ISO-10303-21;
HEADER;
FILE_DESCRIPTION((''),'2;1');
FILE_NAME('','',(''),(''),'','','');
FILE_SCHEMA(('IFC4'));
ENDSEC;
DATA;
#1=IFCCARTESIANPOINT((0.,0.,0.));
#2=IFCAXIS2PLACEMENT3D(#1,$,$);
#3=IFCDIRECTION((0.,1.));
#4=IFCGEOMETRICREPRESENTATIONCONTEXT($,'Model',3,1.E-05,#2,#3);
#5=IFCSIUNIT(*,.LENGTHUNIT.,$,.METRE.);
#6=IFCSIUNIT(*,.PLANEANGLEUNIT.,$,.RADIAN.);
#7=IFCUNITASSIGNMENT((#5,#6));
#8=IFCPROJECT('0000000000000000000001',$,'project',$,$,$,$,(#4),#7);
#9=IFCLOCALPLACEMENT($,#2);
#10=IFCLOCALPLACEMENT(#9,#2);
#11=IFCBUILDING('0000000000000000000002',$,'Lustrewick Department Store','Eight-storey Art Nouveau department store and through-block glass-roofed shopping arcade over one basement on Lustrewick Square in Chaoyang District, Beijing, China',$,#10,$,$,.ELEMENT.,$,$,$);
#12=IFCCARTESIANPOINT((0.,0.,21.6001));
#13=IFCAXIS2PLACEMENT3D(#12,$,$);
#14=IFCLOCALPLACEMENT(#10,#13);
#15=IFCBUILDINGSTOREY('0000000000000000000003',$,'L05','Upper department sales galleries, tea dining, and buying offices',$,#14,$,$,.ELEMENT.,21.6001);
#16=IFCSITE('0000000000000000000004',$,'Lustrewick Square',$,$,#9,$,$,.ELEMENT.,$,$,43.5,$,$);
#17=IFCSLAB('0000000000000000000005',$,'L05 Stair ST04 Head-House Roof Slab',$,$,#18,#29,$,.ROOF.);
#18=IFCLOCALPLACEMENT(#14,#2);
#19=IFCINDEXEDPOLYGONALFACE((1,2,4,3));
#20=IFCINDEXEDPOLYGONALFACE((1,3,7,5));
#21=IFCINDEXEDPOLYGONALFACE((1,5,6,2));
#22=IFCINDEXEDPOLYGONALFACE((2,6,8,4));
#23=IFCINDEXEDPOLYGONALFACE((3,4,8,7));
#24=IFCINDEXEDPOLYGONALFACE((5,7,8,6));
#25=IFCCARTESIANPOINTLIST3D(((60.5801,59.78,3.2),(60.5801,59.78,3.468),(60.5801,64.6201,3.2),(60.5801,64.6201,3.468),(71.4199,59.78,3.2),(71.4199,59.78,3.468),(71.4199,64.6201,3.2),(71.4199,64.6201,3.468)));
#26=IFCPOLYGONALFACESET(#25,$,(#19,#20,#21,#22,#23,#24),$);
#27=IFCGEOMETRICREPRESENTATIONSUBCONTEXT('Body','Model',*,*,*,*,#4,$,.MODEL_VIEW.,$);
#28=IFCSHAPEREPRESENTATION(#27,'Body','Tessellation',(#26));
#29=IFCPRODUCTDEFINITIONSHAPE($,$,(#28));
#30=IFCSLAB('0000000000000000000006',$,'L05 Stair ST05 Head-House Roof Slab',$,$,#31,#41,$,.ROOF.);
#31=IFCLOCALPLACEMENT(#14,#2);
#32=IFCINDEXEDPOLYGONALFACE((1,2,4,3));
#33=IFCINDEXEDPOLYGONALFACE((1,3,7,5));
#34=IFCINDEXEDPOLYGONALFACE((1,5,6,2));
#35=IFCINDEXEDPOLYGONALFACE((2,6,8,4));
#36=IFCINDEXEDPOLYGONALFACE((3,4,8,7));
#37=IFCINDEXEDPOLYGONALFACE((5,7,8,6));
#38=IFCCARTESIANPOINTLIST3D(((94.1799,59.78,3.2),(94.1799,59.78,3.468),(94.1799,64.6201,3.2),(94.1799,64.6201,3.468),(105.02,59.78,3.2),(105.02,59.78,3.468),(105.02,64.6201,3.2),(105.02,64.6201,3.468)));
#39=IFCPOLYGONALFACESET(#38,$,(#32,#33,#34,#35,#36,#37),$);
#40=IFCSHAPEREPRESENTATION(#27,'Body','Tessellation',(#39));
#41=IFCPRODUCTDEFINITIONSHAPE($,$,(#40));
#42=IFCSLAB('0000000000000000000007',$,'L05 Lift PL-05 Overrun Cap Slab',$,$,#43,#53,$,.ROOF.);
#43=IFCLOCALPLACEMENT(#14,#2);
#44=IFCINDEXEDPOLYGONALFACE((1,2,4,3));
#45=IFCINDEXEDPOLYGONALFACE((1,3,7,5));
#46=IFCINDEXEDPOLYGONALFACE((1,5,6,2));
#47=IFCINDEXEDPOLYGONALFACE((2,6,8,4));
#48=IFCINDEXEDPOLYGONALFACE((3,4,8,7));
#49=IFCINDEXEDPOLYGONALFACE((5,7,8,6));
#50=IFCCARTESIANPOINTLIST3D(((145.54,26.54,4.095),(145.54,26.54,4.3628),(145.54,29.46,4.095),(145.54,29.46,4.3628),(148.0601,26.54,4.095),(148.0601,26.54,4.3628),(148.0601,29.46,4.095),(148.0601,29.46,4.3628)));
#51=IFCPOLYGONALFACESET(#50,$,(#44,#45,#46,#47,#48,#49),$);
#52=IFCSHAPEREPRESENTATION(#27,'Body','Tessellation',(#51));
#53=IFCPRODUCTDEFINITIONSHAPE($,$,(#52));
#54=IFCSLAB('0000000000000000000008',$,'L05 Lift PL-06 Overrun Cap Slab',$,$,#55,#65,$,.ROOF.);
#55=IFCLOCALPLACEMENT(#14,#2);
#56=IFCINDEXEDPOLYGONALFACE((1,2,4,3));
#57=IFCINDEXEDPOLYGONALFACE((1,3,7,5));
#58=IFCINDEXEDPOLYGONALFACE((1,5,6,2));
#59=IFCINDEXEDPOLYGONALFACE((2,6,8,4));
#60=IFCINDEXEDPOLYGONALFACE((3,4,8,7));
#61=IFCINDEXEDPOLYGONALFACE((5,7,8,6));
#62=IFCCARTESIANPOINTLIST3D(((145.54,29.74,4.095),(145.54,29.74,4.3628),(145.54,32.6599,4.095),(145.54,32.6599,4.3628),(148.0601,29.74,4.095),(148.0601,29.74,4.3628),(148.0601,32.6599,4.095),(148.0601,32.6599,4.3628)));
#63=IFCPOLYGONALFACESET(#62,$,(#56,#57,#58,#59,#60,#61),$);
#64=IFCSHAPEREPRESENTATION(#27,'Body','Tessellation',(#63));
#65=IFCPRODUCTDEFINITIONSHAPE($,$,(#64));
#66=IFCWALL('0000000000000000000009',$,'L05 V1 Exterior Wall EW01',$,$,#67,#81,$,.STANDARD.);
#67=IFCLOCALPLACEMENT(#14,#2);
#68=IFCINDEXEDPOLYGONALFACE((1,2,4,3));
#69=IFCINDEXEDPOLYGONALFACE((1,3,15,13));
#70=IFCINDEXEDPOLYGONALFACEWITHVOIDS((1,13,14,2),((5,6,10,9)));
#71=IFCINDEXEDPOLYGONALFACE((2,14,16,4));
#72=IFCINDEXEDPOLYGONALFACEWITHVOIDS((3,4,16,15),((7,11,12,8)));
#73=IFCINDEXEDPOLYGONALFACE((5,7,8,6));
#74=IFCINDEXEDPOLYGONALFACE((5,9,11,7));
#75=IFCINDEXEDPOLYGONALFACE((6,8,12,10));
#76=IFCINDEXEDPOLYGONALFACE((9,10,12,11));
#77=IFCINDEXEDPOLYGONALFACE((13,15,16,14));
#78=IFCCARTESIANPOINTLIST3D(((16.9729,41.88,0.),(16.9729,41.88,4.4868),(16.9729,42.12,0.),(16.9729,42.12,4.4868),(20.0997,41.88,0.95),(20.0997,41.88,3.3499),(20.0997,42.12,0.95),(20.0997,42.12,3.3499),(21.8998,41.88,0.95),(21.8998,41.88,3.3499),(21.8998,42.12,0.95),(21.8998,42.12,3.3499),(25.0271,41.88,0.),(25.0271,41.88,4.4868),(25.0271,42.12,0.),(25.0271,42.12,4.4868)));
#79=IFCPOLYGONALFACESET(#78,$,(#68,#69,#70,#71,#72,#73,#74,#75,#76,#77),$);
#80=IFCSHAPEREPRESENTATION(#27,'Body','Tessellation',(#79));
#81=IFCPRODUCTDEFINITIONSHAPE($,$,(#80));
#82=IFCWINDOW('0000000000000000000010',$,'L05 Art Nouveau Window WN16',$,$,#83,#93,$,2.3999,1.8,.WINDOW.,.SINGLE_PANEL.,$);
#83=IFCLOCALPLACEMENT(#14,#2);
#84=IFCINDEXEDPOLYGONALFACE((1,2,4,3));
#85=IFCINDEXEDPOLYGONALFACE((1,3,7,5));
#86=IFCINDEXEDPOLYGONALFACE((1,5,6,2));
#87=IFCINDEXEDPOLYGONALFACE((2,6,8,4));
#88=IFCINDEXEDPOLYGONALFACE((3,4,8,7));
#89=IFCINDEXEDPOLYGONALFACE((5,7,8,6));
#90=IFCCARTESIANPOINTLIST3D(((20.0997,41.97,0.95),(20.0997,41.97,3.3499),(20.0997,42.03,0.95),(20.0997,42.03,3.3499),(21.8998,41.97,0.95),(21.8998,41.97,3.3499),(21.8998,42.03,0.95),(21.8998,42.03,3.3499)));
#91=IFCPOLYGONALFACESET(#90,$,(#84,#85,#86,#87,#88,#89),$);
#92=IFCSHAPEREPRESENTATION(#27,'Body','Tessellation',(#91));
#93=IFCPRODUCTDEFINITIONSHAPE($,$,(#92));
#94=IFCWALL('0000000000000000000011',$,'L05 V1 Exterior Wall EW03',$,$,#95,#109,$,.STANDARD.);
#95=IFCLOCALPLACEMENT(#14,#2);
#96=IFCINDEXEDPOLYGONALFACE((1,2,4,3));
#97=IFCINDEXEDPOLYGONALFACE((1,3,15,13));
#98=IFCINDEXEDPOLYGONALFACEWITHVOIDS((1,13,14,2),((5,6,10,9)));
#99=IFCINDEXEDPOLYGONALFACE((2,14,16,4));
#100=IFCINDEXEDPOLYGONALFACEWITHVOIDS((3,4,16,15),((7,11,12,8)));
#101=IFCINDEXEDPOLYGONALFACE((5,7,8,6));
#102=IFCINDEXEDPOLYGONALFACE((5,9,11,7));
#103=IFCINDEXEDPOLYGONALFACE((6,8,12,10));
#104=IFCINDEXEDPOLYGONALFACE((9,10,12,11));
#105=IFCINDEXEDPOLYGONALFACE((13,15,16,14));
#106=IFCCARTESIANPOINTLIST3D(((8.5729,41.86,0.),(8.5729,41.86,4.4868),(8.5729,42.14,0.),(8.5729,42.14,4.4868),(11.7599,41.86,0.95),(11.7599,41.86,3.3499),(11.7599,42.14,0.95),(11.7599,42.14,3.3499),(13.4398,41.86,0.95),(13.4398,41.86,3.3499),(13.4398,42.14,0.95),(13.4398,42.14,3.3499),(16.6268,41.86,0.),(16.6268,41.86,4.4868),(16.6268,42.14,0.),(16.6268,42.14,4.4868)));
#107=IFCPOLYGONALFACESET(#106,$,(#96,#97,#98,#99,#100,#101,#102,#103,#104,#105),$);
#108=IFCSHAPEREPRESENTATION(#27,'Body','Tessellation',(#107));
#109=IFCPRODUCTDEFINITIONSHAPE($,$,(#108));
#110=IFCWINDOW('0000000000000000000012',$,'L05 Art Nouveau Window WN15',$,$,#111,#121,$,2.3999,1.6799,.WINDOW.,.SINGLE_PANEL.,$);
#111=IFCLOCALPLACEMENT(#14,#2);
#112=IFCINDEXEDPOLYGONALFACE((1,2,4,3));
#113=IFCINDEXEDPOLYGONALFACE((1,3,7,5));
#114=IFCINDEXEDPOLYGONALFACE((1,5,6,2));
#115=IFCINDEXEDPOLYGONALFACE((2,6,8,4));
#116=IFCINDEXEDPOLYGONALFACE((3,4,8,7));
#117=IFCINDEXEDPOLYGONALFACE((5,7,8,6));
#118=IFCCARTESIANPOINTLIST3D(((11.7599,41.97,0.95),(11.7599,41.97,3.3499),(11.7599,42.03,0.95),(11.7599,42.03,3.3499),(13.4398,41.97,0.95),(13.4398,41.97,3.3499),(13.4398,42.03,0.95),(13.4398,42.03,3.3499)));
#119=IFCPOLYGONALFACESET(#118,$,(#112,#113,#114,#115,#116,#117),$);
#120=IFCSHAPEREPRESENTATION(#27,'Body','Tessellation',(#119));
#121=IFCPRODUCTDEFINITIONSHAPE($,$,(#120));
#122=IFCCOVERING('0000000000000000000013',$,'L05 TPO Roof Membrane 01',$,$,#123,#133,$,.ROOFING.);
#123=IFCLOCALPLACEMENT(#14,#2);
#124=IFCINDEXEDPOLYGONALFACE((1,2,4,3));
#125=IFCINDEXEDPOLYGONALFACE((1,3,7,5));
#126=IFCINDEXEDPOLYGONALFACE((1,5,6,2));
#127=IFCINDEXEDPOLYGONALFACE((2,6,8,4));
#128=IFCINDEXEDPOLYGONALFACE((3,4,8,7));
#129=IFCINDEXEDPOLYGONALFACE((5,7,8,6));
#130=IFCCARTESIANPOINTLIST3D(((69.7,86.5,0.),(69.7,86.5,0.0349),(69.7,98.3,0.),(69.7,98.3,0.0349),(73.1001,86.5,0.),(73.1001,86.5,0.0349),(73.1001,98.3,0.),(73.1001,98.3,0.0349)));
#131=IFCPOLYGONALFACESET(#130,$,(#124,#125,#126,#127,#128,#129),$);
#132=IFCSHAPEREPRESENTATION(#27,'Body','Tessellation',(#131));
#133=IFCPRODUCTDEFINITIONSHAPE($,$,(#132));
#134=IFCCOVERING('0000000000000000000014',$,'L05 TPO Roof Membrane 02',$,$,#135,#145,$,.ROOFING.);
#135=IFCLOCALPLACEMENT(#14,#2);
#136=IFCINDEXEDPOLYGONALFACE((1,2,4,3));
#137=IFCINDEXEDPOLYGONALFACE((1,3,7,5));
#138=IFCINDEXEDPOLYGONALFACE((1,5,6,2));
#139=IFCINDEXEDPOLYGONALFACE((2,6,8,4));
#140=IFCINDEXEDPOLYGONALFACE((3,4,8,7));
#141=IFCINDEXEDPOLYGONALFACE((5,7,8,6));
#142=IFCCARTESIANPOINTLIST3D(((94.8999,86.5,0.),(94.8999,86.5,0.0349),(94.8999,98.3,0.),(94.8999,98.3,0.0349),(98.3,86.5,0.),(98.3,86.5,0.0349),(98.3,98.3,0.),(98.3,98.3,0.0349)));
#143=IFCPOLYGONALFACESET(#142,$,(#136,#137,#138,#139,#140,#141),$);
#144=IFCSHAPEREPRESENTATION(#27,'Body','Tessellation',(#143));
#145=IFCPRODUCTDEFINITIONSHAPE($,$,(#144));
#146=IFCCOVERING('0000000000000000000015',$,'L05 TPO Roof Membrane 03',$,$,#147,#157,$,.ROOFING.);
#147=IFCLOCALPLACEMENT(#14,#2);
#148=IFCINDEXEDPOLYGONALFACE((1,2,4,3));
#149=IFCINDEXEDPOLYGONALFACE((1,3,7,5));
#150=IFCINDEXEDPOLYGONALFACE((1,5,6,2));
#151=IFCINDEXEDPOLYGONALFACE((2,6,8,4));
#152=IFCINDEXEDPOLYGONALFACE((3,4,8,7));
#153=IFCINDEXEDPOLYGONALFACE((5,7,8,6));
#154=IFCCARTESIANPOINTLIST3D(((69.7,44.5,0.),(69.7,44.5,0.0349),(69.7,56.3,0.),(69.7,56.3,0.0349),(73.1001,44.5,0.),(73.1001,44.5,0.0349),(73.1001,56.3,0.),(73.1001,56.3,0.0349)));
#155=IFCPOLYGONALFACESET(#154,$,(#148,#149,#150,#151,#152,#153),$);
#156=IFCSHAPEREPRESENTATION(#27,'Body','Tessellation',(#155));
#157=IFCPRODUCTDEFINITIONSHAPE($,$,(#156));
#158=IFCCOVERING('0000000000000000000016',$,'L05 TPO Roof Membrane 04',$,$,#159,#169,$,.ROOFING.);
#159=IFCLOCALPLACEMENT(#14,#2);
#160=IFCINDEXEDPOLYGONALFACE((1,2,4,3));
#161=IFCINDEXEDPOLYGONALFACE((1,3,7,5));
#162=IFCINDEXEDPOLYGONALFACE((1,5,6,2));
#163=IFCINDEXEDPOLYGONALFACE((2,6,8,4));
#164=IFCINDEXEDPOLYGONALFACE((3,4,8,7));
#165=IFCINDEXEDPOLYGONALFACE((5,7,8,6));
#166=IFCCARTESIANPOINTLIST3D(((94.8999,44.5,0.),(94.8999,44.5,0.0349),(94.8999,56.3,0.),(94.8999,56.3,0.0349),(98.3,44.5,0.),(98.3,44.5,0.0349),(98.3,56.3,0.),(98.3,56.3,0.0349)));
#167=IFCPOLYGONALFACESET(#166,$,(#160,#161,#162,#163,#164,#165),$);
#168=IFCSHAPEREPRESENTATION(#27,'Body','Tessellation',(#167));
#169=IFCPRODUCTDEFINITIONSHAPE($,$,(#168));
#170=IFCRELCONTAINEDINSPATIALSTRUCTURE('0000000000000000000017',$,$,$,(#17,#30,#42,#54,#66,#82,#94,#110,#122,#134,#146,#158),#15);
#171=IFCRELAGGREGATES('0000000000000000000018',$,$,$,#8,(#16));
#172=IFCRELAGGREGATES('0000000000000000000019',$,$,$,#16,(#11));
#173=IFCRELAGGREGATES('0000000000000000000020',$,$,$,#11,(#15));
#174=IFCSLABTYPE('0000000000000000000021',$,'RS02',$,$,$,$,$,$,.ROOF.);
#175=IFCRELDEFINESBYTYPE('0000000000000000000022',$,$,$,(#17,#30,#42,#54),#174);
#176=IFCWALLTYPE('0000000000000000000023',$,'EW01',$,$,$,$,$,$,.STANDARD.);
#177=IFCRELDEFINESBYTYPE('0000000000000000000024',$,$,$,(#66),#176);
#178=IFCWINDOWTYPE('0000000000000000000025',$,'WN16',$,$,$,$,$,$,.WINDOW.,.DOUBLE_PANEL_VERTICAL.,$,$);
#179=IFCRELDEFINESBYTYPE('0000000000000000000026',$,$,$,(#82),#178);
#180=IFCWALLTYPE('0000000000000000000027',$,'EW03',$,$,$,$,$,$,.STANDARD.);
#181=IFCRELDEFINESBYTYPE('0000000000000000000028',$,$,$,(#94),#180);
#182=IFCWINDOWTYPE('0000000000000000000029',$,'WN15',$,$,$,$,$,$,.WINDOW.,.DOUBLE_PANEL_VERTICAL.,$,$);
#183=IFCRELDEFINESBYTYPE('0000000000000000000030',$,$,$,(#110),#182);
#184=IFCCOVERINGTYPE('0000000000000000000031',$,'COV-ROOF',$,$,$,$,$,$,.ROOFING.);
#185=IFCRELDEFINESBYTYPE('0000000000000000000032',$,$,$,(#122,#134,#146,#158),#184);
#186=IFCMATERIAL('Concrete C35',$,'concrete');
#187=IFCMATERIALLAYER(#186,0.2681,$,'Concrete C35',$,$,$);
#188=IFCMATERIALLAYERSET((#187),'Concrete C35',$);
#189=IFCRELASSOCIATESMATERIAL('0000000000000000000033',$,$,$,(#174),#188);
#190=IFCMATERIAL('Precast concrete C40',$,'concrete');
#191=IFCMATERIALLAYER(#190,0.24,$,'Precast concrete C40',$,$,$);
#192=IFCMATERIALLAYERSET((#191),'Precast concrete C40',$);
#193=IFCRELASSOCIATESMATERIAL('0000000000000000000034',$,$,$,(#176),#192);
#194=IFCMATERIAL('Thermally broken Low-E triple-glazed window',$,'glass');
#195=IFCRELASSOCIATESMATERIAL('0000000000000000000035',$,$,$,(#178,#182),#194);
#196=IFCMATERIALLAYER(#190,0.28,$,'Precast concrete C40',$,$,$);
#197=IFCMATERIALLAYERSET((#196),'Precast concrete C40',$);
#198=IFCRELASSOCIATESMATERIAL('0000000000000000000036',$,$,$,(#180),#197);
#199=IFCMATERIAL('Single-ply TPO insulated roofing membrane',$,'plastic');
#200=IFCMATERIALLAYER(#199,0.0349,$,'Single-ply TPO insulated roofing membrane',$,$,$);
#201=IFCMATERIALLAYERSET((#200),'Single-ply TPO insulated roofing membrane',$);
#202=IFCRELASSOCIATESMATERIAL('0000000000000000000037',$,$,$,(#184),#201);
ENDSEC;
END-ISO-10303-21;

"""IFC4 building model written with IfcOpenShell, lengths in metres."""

from ifc_helpers import new_model, si_unit, direction, frame, frame_2d, origin, place, context, subcontext, project, spatial, polyline, rectangle, outline, extrude, material, layer, layer_set, type_object, element, fill, save


model = new_model("IFC4")

# Units and contexts
model_context = context("Model", 3, precision=1e-05, world=origin(), true_north=direction((0.0, 1.0)))
body_context = subcontext(model_context, "Body", "Model", "MODEL_VIEW")
ifc_project = project(units=[si_unit("LENGTHUNIT", "METRE"), si_unit("PLANEANGLEUNIT", "RADIAN")], contexts=[model_context])

# Site, building, storey
site_placement = place(None, origin())
site = spatial("IfcSite", under=ifc_project, at=site_placement, Name="Lustrewick Square", CompositionType="ELEMENT", RefElevation=43.5)
building_placement = place(site_placement, origin())
building = spatial("IfcBuilding", under=site, at=building_placement, Name="Lustrewick Department Store", Description="Eight-storey Art Nouveau department store and through-block glass-roofed shopping arcade over one basement on Lustrewick Square in Chaoyang District, Beijing, China", CompositionType="ELEMENT")
storey_placement = place(building_placement, frame((0.0, 0.0, 21.6001)))
storey = spatial("IfcBuildingStorey", under=building, at=storey_placement, Name="L05", Description="Upper department sales galleries, tea dining, and buying offices", CompositionType="ELEMENT", Elevation=21.6001)

# Slabs
ifc_material_1 = material(Name="Concrete C35", Category="concrete")
ifc_layer_1 = layer(ifc_material_1, 0.2681, Name="Concrete C35")
ifc_layer_set_1 = layer_set([ifc_layer_1], Name="Concrete C35")
slab_type_1 = type_object("IfcSlabType", Name="RS02", PredefinedType="ROOF", material=ifc_layer_set_1)
slab_1_placement = place(storey_placement, frame((0.0, 0.0, 3.2)))
element("IfcSlab", 1, at=slab_1_placement, inside=storey, type_object=slab_type_1, Name="L05 Stair ST04 Head-House Roof Slab", PredefinedType="ROOF", context=body_context, shape_type="SweptSolid", body=[
    extrude(outline(polyline([(71.4199, 59.78), (71.4199, 64.6201), (60.5801, 64.6201), (60.5801, 59.78), (71.4199, 59.78)])), origin(), (0.0, 0.0, 1.0), 0.2681),
])
slab_2_placement = place(storey_placement, frame((0.0, 0.0, 3.2)))
element("IfcSlab", 2, at=slab_2_placement, inside=storey, type_object=slab_type_1, Name="L05 Stair ST05 Head-House Roof Slab", PredefinedType="ROOF", context=body_context, shape_type="SweptSolid", body=[
    extrude(outline(polyline([(105.02, 59.78), (105.02, 64.6201), (94.1799, 64.6201), (94.1799, 59.78), (105.02, 59.78)])), origin(), (0.0, 0.0, 1.0), 0.2681),
])
slab_3_placement = place(storey_placement, frame((0.0, 0.0, 4.095)))
element("IfcSlab", 3, at=slab_3_placement, inside=storey, type_object=slab_type_1, Name="L05 Lift PL-05 Overrun Cap Slab", PredefinedType="ROOF", context=body_context, shape_type="SweptSolid", body=[
    extrude(outline(polyline([(148.0601, 26.54), (148.0601, 29.46), (145.54, 29.46), (145.54, 26.54), (148.0601, 26.54)])), origin(), (0.0, 0.0, 1.0), 0.2678),
])
slab_4_placement = place(storey_placement, frame((0.0, 0.0, 4.095)))
element("IfcSlab", 4, at=slab_4_placement, inside=storey, type_object=slab_type_1, Name="L05 Lift PL-06 Overrun Cap Slab", PredefinedType="ROOF", context=body_context, shape_type="SweptSolid", body=[
    extrude(outline(polyline([(148.0601, 29.74), (148.0601, 32.6599), (145.54, 32.6599), (145.54, 29.74), (148.0601, 29.74)])), origin(), (0.0, 0.0, 1.0), 0.2678),
])

# Walls, openings, windows
ifc_material_2 = material(Name="Precast concrete C40", Category="concrete")
ifc_layer_2 = layer(ifc_material_2, 0.24, Name="Precast concrete C40")
ifc_layer_set_2 = layer_set([ifc_layer_2], Name="Precast concrete C40")
wall_type_1 = type_object("IfcWallType", Name="EW01", PredefinedType="STANDARD", material=ifc_layer_set_2)
wall_1_placement = place(storey_placement, frame((16.9729, 42.0, 0.0), z_axis=(0.0, 0.0, 1.0), x_axis=(1.0, 0.0, 0.0)))
wall_1 = element("IfcWall", 5, at=wall_1_placement, inside=storey, type_object=wall_type_1, Name="L05 V1 Exterior Wall EW01", PredefinedType="STANDARD", context=body_context, shape_type="SweptSolid", body=[
    extrude(rectangle(XDim=8.0542, YDim=0.24, at=frame_2d((4.0271, 0.0))), origin(), (0.0, 0.0, 1.0), 4.4868),
])
opening_1_placement = place(wall_1_placement, frame((3.127, 0.0, 0.95)))
opening_1 = element("IfcOpeningElement", 6, at=opening_1_placement, cuts=wall_1, PredefinedType="OPENING", context=body_context, shape_type="SweptSolid", body=[
    extrude(rectangle(XDim=1.8, YDim=2.3999, at=frame_2d((0.8999, 1.2))), frame((0.0, 0.1299, 0.0), z_axis=(0.0, -1.0, 0.0), x_axis=(1.0, 0.0, 0.0)), (0.0, 0.0, 1.0), 0.26),
])
ifc_material_3 = material(Name="Thermally broken Low-E triple-glazed window", Category="glass")
window_type_1 = type_object("IfcWindowType", Name="WN16", PartitioningType="DOUBLE_PANEL_VERTICAL", PredefinedType="WINDOW", material=ifc_material_3)
window_1_placement = place(opening_1_placement, origin())
window_1 = element("IfcWindow", 7, at=window_1_placement, inside=storey, type_object=window_type_1, Name="L05 Art Nouveau Window WN16", OverallHeight=2.3999, OverallWidth=1.8, PartitioningType="SINGLE_PANEL", PredefinedType="WINDOW", context=body_context, shape_type="SweptSolid", body=[
    extrude(rectangle(XDim=1.8, YDim=2.3999, at=frame_2d((0.8999, 1.2))), frame((0.0, 0.03, 0.0), z_axis=(0.0, -1.0, 0.0), x_axis=(1.0, 0.0, 0.0)), (0.0, 0.0, 1.0), 0.0601),
])
fill(opening_1, window_1)
ifc_layer_3 = layer(ifc_material_2, 0.28, Name="Precast concrete C40")
ifc_layer_set_3 = layer_set([ifc_layer_3], Name="Precast concrete C40")
wall_type_2 = type_object("IfcWallType", Name="EW03", PredefinedType="STANDARD", material=ifc_layer_set_3)
wall_2_placement = place(storey_placement, frame((8.573, 42.0, 0.0), z_axis=(0.0, 0.0, 1.0), x_axis=(1.0, 0.0, 0.0)))
wall_2 = element("IfcWall", 8, at=wall_2_placement, inside=storey, type_object=wall_type_2, Name="L05 V1 Exterior Wall EW03", PredefinedType="STANDARD", context=body_context, shape_type="SweptSolid", body=[
    extrude(rectangle(XDim=8.054, YDim=0.28, at=frame_2d((4.0269, 0.0))), origin(), (0.0, 0.0, 1.0), 4.4868),
])
opening_2_placement = place(wall_2_placement, frame((3.187, 0.0, 0.95)))
opening_2 = element("IfcOpeningElement", 9, at=opening_2_placement, cuts=wall_2, PredefinedType="OPENING", context=body_context, shape_type="SweptSolid", body=[
    extrude(rectangle(XDim=1.6799, YDim=2.3999, at=frame_2d((0.8398, 1.2))), frame((0.0, 0.1499, 0.0), z_axis=(0.0, -1.0, 0.0), x_axis=(1.0, 0.0, 0.0)), (0.0, 0.0, 1.0), 0.3),
])
window_type_2 = type_object("IfcWindowType", Name="WN15", PartitioningType="DOUBLE_PANEL_VERTICAL", PredefinedType="WINDOW", material=ifc_material_3)
window_2_placement = place(opening_2_placement, origin())
window_2 = element("IfcWindow", 10, at=window_2_placement, inside=storey, type_object=window_type_2, Name="L05 Art Nouveau Window WN15", OverallHeight=2.3999, OverallWidth=1.6799, PartitioningType="SINGLE_PANEL", PredefinedType="WINDOW", context=body_context, shape_type="SweptSolid", body=[
    extrude(rectangle(XDim=1.6799, YDim=2.3999, at=frame_2d((0.8398, 1.2))), frame((0.0, 0.03, 0.0), z_axis=(0.0, -1.0, 0.0), x_axis=(1.0, 0.0, 0.0)), (0.0, 0.0, 1.0), 0.0601),
])
fill(opening_2, window_2)

# Coverings
ifc_material_4 = material(Name="Single-ply TPO insulated roofing membrane", Category="plastic")
ifc_layer_4 = layer(ifc_material_4, 0.0349, Name="Single-ply TPO insulated roofing membrane")
ifc_layer_set_4 = layer_set([ifc_layer_4], Name="Single-ply TPO insulated roofing membrane")
covering_type = type_object("IfcCoveringType", Name="COV-ROOF", PredefinedType="ROOFING", material=ifc_layer_set_4)
covering_1_placement = place(storey_placement, origin())
element("IfcCovering", 11, at=covering_1_placement, inside=storey, type_object=covering_type, Name="L05 TPO Roof Membrane 01", PredefinedType="ROOFING", context=body_context, shape_type="SweptSolid", body=[
    extrude(outline(polyline([(73.1001, 98.3), (69.7, 98.3), (69.7, 86.5), (73.1001, 86.5), (73.1001, 98.3)])), origin(), (0.0, 0.0, 1.0), 0.0349),
])
covering_2_placement = place(storey_placement, origin())
element("IfcCovering", 12, at=covering_2_placement, inside=storey, type_object=covering_type, Name="L05 TPO Roof Membrane 02", PredefinedType="ROOFING", context=body_context, shape_type="SweptSolid", body=[
    extrude(outline(polyline([(98.3, 98.3), (94.8999, 98.3), (94.8999, 86.5), (98.3, 86.5), (98.3, 98.3)])), origin(), (0.0, 0.0, 1.0), 0.0349),
])
covering_3_placement = place(storey_placement, origin())
element("IfcCovering", 13, at=covering_3_placement, inside=storey, type_object=covering_type, Name="L05 TPO Roof Membrane 03", PredefinedType="ROOFING", context=body_context, shape_type="SweptSolid", body=[
    extrude(outline(polyline([(73.1001, 56.3), (69.7, 56.3), (69.7, 44.5), (73.1001, 44.5), (73.1001, 56.3)])), origin(), (0.0, 0.0, 1.0), 0.0349),
])
covering_4_placement = place(storey_placement, origin())
element("IfcCovering", 14, at=covering_4_placement, inside=storey, type_object=covering_type, Name="L05 TPO Roof Membrane 04", PredefinedType="ROOFING", context=body_context, shape_type="SweptSolid", body=[
    extrude(outline(polyline([(98.3, 56.3), (94.8999, 56.3), (94.8999, 44.5), (98.3, 44.5), (98.3, 56.3)])), origin(), (0.0, 0.0, 1.0), 0.0349),
])

save(model, "model.ifc")
